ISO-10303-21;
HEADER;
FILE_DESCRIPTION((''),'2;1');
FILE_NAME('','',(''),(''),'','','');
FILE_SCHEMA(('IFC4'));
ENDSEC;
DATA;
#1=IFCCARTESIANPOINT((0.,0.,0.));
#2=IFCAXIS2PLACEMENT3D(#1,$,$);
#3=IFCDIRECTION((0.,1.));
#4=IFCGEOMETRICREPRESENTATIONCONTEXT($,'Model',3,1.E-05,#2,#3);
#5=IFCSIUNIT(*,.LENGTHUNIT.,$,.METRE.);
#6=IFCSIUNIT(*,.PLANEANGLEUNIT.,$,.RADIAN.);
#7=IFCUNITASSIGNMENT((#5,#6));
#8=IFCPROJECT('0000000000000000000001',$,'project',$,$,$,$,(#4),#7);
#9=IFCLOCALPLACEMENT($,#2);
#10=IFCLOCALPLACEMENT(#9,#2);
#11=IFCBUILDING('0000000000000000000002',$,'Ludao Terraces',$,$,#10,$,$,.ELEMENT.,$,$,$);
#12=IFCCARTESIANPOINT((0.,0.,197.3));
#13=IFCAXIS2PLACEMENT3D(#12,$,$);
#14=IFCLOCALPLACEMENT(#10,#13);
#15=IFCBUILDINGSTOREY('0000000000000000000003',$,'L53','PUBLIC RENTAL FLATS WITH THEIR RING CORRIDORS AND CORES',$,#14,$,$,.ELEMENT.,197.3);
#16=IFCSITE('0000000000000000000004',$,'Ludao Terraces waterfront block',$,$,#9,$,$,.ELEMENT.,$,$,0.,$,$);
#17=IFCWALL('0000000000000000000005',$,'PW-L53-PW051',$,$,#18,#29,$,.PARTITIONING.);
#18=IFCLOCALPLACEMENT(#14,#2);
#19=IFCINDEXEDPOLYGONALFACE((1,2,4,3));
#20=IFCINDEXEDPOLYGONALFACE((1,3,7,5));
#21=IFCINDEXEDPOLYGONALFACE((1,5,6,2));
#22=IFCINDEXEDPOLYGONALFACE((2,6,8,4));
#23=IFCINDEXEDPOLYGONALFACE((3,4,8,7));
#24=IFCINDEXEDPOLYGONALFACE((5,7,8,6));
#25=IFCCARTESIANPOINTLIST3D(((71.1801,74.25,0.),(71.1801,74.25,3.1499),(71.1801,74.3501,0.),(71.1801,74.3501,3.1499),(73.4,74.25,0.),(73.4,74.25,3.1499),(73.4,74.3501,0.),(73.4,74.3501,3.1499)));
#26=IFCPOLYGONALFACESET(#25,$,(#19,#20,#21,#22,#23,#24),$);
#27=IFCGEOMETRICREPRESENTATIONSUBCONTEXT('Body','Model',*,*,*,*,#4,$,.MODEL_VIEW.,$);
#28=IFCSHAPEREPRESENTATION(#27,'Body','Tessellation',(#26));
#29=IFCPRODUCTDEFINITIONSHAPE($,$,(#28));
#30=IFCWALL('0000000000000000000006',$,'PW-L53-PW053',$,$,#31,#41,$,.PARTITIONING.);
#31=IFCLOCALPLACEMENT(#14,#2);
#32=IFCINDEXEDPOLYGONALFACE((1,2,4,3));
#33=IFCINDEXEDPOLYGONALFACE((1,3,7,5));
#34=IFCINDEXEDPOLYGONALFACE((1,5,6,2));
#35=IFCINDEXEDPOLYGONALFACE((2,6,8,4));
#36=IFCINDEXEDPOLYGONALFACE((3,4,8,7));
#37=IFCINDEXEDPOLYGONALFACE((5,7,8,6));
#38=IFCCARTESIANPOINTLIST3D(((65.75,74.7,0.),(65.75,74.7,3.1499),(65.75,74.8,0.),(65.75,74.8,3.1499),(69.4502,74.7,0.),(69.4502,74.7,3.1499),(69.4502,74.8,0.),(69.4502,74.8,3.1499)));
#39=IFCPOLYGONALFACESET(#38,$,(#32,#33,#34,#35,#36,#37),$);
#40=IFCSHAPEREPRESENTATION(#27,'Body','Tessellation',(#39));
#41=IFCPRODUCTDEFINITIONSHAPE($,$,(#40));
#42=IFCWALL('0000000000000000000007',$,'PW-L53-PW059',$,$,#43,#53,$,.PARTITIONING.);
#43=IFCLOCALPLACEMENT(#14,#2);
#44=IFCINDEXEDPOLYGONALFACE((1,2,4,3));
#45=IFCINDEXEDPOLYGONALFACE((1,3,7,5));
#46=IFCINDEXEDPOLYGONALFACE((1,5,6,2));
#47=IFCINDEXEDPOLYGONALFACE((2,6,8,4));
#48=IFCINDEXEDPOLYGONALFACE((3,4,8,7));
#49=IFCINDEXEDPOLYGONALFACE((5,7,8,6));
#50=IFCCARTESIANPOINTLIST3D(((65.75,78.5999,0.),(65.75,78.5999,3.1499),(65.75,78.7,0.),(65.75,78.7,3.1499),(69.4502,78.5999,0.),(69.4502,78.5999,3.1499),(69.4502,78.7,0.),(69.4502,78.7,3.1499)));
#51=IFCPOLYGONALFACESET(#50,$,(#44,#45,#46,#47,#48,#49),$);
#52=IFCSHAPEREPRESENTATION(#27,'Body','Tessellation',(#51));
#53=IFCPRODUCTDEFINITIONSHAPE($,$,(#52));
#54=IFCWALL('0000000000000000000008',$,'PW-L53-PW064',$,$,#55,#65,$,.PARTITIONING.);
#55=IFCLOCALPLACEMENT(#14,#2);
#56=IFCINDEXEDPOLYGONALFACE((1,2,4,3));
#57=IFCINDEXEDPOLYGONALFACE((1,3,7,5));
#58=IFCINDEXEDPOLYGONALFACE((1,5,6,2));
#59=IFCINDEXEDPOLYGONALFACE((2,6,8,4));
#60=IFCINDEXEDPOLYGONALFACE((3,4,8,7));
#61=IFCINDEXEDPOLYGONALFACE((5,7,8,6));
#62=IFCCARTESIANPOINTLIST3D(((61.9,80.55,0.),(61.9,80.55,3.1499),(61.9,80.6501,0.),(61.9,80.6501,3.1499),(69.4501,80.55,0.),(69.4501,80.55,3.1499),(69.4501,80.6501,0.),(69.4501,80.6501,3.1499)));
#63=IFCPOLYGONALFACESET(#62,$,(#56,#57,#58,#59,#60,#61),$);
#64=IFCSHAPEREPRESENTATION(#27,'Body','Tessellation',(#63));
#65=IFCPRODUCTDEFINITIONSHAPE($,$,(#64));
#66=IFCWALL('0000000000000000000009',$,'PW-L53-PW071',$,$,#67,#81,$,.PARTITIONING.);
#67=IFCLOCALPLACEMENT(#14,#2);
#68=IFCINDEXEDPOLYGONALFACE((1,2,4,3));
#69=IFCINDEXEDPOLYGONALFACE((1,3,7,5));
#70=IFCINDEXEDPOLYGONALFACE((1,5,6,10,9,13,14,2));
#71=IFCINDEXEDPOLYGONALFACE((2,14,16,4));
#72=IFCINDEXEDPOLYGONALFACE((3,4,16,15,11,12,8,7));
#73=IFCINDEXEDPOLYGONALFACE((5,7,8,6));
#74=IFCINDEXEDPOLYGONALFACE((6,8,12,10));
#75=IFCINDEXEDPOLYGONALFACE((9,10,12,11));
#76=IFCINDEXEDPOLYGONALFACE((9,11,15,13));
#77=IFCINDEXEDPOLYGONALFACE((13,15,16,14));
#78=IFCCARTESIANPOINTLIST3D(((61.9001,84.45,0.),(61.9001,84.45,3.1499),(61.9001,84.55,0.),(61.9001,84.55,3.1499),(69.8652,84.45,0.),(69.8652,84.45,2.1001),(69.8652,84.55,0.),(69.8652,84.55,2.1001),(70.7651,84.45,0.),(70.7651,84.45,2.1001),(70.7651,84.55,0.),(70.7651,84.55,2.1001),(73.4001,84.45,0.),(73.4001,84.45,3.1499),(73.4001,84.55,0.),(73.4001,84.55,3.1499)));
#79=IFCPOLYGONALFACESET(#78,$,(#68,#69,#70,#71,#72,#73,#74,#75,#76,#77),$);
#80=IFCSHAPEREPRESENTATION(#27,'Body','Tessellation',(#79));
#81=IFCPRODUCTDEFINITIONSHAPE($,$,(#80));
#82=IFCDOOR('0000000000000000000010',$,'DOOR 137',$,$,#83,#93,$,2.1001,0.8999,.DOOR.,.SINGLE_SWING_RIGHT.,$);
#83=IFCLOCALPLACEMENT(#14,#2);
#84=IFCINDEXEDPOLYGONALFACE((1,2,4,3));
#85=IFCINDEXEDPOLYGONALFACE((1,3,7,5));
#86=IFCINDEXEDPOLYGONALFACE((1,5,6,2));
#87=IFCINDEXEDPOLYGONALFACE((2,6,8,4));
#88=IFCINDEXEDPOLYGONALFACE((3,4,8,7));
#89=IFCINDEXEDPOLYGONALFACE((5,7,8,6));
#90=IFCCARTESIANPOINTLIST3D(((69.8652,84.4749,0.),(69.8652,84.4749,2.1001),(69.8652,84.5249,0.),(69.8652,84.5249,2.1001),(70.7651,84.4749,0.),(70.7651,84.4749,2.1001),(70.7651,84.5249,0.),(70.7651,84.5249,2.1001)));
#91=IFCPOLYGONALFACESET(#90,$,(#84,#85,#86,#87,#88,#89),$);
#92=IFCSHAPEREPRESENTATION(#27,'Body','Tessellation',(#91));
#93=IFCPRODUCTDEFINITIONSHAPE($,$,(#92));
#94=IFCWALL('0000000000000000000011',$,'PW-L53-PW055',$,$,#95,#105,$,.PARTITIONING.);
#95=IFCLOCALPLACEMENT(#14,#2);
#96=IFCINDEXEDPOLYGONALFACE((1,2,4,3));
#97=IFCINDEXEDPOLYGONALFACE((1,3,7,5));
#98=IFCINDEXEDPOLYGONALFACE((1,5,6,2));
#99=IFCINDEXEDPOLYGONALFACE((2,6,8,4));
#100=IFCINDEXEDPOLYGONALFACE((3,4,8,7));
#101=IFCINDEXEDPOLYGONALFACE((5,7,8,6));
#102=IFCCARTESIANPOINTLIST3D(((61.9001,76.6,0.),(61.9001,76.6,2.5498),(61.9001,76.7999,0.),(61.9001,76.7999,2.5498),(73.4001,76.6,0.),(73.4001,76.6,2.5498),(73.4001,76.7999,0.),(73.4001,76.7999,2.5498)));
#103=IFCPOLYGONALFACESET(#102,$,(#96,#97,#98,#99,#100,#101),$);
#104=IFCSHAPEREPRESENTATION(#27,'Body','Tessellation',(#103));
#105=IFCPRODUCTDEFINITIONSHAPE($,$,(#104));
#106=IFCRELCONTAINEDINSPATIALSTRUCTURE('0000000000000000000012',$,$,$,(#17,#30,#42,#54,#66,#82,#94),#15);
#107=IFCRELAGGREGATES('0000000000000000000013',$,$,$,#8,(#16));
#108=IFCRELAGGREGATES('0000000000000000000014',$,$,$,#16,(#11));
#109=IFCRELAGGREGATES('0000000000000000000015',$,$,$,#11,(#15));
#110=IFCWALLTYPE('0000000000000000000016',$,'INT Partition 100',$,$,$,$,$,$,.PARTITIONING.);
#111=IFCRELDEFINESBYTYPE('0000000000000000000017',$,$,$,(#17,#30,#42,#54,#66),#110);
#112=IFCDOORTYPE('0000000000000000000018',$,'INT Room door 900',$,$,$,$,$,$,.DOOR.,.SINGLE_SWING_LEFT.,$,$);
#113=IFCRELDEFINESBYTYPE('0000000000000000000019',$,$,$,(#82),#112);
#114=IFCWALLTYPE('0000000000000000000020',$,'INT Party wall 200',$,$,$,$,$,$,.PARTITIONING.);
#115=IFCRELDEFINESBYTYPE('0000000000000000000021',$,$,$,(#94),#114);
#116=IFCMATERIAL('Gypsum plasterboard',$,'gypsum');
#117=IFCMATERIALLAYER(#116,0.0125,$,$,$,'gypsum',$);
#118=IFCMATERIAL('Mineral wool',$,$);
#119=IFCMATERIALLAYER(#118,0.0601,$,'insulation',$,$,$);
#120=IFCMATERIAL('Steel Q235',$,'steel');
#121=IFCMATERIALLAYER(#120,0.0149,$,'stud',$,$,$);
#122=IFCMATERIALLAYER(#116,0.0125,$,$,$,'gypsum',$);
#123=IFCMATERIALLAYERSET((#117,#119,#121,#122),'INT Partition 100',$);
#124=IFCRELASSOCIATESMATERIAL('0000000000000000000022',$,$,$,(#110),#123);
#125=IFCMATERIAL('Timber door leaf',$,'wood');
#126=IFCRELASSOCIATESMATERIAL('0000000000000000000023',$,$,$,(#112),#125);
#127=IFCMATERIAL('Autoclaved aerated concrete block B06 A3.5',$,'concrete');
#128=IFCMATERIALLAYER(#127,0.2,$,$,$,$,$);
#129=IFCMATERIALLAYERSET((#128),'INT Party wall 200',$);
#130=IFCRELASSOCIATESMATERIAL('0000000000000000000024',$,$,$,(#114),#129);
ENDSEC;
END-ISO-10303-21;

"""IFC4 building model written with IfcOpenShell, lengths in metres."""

from ifc_helpers import new_model, si_unit, direction, frame, frame_2d, origin, place, context, subcontext, project, spatial, rectangle, extrude, material, layer, layer_set, type_object, element, fill, save


model = new_model("IFC4")

# Units and contexts
model_context = context("Model", 3, precision=1e-05, world=origin(), true_north=direction((0.0, 1.0)))
body_context = subcontext(model_context, "Body", "Model", "MODEL_VIEW")
ifc_project = project(units=[si_unit("LENGTHUNIT", "METRE"), si_unit("PLANEANGLEUNIT", "RADIAN")], contexts=[model_context])

# Site, building, storey
site_placement = place(None, origin())
site = spatial("IfcSite", under=ifc_project, at=site_placement, Name="Ludao Terraces waterfront block", CompositionType="ELEMENT", RefElevation=0.0)
building_placement = place(site_placement, origin())
building = spatial("IfcBuilding", under=site, at=building_placement, Name="Ludao Terraces", CompositionType="ELEMENT")
storey_placement = place(building_placement, frame((0.0, 0.0, 197.3)))
storey = spatial("IfcBuildingStorey", under=building, at=storey_placement, Name="L53", Description="PUBLIC RENTAL FLATS WITH THEIR RING CORRIDORS AND CORES", CompositionType="ELEMENT", Elevation=197.3)

# Shared definitions
ifc_material_1 = material(Name="Mineral wool")

# Walls
ifc_material_2 = material(Name="Gypsum plasterboard", Category="gypsum")
ifc_layer_1 = layer(ifc_material_2, 0.0125, Category="gypsum")
ifc_layer_2 = layer(ifc_material_1, 0.0601, Name="insulation")
ifc_material_3 = material(Name="Steel Q235", Category="steel")
ifc_layer_3 = layer(ifc_material_3, 0.0149, Name="stud")
ifc_layer_4 = layer(ifc_material_2, 0.0125, Category="gypsum")
ifc_layer_set_1 = layer_set([ifc_layer_1, ifc_layer_2, ifc_layer_3, ifc_layer_4], Name="INT Partition 100")
wall_type_1 = type_object("IfcWallType", Name="INT Partition 100", PredefinedType="PARTITIONING", material=ifc_layer_set_1)
wall_1_placement = place(storey_placement, frame((71.1802, 74.3, 0.0), z_axis=(0.0, 0.0, 1.0), x_axis=(1.0, 0.0, 0.0)))
element("IfcWall", 1, at=wall_1_placement, inside=storey, type_object=wall_type_1, Name="PW-L53-PW051", PredefinedType="PARTITIONING", context=body_context, shape_type="SweptSolid", body=[
    extrude(rectangle(XDim=2.22, YDim=0.1001, at=frame_2d((1.1099, 0.0))), origin(), (0.0, 0.0, 1.0), 3.1499),
])
for number, where, z_axis, x_axis, name in (
    (2, (65.75, 74.75, 0.0), (0.0, 0.0, 1.0), (1.0, 0.0, 0.0), "PW-L53-PW053"),
    (3, (65.75, 78.6499, 0.0), (0.0, 0.0, 1.0), (1.0, 0.0, 0.0), "PW-L53-PW059"),
):
    element("IfcWall", number, at=place(storey_placement, frame(where, z_axis=z_axis, x_axis=x_axis)), inside=storey, type_object=wall_type_1, Name=name, PredefinedType="PARTITIONING", context=body_context, shape_type="SweptSolid", body=[
        extrude(rectangle(XDim=3.7002, YDim=0.1001, at=frame_2d((1.8501, 0.0))), origin(), (0.0, 0.0, 1.0), 3.1499),
    ])
wall_2_placement = place(storey_placement, frame((61.9001, 80.6001, 0.0), z_axis=(0.0, 0.0, 1.0), x_axis=(1.0, 0.0, 0.0)))
element("IfcWall", 4, at=wall_2_placement, inside=storey, type_object=wall_type_1, Name="PW-L53-PW064", PredefinedType="PARTITIONING", context=body_context, shape_type="SweptSolid", body=[
    extrude(rectangle(XDim=7.55, YDim=0.1001, at=frame_2d((3.7749, 0.0))), origin(), (0.0, 0.0, 1.0), 3.1499),
])

# Wall, opening, door
wall_3_placement = place(storey_placement, frame((61.9001, 84.5, 0.0), z_axis=(0.0, 0.0, 1.0), x_axis=(1.0, 0.0, 0.0)))
wall_3 = element("IfcWall", 5, at=wall_3_placement, inside=storey, type_object=wall_type_1, Name="PW-L53-PW071", PredefinedType="PARTITIONING", context=body_context, shape_type="SweptSolid", body=[
    extrude(rectangle(XDim=11.5, YDim=0.1001, at=frame_2d((5.75, 0.0))), origin(), (0.0, 0.0, 1.0), 3.1499),
])
opening_1_placement = place(wall_3_placement, frame((7.9651, 0.0, 0.0)))
opening_1 = element("IfcOpeningElement", 6, at=opening_1_placement, cuts=wall_3, PredefinedType="OPENING", context=body_context, shape_type="SweptSolid", body=[
    extrude(rectangle(XDim=0.8999, YDim=2.1001, at=frame_2d((0.45, 1.05))), frame((0.0, 0.0601, 0.0), z_axis=(0.0, -1.0, 0.0), x_axis=(1.0, 0.0, 0.0)), (0.0, 0.0, 1.0), 0.1201),
])
ifc_material_4 = material(Name="Timber door leaf", Category="wood")
door_type = type_object("IfcDoorType", Name="INT Room door 900", OperationType="SINGLE_SWING_LEFT", PredefinedType="DOOR", material=ifc_material_4)
door_placement = place(opening_1_placement, origin())
door = element("IfcDoor", 7, at=door_placement, inside=storey, type_object=door_type, Name="DOOR 137", OperationType="SINGLE_SWING_RIGHT", OverallHeight=2.1001, OverallWidth=0.8999, PredefinedType="DOOR", context=body_context, shape_type="SweptSolid", body=[
    extrude(rectangle(XDim=0.8999, YDim=2.1001, at=frame_2d((0.45, 1.05))), frame((0.0, 0.0249, 0.0), z_axis=(0.0, -1.0, 0.0), x_axis=(1.0, 0.0, 0.0)), (0.0, 0.0, 1.0), 0.05),
])
fill(opening_1, door)

# Wall
ifc_material_5 = material(Name="Autoclaved aerated concrete block B06 A3.5", Category="concrete")
ifc_layer_5 = layer(ifc_material_5, 0.2)
ifc_layer_set_2 = layer_set([ifc_layer_5], Name="INT Party wall 200")
wall_type_2 = type_object("IfcWallType", Name="INT Party wall 200", PredefinedType="PARTITIONING", material=ifc_layer_set_2)
wall_4_placement = place(storey_placement, frame((61.9001, 76.7, 0.0), z_axis=(0.0, 0.0, 1.0), x_axis=(1.0, 0.0, 0.0)))
element("IfcWall", 8, at=wall_4_placement, inside=storey, type_object=wall_type_2, Name="PW-L53-PW055", PredefinedType="PARTITIONING", context=body_context, shape_type="SweptSolid", body=[
    extrude(rectangle(XDim=11.5, YDim=0.2, at=frame_2d((5.75, 0.0))), origin(), (0.0, 0.0, 1.0), 2.5498),
])

save(model, "model.ifc")
